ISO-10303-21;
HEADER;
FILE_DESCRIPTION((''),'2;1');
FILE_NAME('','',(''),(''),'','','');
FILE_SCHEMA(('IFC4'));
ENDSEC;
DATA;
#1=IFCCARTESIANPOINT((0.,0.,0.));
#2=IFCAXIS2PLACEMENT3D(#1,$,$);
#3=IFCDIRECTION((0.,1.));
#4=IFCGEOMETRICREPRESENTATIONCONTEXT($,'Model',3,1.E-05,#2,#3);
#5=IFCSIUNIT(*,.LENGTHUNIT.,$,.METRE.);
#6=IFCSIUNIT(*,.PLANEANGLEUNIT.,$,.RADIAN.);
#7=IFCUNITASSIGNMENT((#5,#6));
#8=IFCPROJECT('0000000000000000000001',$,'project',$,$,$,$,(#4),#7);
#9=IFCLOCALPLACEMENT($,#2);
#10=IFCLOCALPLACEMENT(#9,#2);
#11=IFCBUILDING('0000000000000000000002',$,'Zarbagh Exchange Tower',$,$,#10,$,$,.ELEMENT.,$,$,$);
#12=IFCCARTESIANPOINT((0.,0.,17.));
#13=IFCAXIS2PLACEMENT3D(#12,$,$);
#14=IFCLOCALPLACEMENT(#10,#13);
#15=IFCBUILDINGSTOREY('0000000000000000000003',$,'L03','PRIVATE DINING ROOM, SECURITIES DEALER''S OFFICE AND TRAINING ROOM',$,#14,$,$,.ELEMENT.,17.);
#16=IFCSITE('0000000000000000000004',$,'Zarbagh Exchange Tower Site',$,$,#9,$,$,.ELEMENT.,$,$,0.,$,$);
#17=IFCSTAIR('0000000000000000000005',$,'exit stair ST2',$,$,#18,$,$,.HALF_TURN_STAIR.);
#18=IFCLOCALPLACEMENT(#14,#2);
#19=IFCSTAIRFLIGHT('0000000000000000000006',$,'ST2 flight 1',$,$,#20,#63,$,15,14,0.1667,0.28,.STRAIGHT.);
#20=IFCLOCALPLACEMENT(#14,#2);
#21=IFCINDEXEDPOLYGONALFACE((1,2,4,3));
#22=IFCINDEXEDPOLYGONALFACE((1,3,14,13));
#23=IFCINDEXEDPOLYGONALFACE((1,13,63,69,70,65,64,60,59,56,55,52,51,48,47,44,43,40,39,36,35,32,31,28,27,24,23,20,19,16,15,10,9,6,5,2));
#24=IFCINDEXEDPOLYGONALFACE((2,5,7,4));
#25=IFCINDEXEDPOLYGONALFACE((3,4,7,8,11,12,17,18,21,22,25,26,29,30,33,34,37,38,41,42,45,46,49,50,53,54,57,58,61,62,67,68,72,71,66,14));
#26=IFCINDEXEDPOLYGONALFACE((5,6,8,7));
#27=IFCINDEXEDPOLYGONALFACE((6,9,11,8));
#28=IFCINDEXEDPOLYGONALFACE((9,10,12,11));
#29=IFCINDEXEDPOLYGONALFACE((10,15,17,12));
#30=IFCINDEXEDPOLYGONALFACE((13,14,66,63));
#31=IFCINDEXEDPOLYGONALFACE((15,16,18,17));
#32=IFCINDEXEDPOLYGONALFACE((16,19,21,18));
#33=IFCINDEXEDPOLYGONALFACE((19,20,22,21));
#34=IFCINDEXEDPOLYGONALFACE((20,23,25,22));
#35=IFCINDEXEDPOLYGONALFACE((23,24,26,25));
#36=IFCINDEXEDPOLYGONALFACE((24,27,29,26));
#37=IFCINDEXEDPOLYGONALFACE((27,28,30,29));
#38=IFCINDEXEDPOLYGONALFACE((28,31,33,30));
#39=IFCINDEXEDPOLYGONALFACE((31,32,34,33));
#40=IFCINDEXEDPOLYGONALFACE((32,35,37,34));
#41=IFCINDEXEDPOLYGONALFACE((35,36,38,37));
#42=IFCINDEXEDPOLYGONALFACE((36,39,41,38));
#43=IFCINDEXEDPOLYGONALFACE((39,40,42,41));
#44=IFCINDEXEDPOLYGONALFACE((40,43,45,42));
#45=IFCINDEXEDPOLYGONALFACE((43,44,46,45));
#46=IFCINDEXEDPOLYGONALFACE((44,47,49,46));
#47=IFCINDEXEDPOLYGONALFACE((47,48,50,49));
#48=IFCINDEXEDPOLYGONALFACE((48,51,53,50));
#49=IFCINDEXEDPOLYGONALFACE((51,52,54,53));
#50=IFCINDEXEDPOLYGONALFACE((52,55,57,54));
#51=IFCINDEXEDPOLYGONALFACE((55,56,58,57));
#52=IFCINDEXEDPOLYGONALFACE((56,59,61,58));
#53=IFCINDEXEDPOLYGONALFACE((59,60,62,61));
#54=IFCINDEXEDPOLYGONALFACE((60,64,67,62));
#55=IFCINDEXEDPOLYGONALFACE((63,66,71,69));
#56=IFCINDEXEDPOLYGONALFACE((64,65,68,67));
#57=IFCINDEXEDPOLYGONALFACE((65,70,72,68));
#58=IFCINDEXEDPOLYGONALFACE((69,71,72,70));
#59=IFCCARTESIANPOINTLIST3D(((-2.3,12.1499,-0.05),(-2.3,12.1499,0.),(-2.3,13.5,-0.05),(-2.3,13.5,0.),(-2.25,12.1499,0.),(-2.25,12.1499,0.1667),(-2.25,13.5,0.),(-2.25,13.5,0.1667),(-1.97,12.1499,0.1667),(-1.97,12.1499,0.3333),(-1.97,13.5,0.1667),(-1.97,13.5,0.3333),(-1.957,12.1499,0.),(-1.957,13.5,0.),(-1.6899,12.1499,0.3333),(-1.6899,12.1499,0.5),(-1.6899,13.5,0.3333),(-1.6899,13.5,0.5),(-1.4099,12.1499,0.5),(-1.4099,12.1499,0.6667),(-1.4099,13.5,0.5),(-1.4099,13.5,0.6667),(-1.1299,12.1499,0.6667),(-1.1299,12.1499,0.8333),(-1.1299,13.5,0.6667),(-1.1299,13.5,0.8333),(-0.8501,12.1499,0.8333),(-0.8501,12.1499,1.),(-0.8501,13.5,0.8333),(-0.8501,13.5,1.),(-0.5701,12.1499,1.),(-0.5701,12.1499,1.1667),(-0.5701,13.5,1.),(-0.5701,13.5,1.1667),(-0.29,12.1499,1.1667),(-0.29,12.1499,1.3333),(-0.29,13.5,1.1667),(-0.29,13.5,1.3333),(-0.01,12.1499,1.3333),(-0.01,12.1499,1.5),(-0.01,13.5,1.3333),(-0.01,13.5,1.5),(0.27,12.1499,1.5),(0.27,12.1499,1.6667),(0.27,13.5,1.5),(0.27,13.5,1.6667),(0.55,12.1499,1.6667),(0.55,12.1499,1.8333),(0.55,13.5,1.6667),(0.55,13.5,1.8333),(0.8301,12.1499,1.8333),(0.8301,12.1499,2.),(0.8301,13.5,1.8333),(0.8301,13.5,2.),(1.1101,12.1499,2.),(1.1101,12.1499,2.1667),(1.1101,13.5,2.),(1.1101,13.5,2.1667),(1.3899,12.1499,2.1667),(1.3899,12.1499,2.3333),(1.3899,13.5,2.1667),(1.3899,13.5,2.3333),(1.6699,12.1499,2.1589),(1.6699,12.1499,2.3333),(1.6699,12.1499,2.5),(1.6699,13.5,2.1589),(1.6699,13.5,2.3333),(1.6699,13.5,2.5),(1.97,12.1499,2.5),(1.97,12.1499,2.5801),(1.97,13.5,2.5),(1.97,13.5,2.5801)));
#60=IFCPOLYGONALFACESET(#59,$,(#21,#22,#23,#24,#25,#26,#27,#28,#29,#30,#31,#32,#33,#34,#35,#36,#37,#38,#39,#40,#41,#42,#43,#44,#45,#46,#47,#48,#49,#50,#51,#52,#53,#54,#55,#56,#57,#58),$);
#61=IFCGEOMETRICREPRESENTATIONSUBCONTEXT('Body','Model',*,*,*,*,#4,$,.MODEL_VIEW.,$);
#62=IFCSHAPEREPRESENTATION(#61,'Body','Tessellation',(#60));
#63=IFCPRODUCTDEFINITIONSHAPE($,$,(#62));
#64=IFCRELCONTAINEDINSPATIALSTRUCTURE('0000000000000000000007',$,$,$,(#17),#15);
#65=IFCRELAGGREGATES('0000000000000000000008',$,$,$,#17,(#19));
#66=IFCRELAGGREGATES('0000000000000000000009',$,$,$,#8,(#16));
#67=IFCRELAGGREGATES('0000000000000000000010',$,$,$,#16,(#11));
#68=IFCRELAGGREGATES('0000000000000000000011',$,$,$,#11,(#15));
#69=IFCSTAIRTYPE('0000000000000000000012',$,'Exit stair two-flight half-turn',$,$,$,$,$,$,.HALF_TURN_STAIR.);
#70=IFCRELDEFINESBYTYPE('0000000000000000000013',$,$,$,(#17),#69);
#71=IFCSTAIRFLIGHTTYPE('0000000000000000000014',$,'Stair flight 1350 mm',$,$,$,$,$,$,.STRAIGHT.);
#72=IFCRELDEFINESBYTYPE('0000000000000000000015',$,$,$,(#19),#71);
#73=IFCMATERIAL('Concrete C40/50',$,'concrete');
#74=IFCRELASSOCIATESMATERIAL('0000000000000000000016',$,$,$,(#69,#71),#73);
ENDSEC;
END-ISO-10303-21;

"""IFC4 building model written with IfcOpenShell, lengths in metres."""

from ifc_helpers import new_model, si_unit, direction, frame, origin, place, context, subcontext, project, spatial, polyline, outline, extrude, material, type_object, element, aggregate, save


model = new_model("IFC4")

# Units and contexts
model_context = context("Model", 3, precision=1e-05, world=origin(), true_north=direction((0.0, 1.0)))
body_context = subcontext(model_context, "Body", "Model", "MODEL_VIEW")
ifc_project = project(units=[si_unit("LENGTHUNIT", "METRE"), si_unit("PLANEANGLEUNIT", "RADIAN")], contexts=[model_context])

# Site, building, storey
site_placement = place(None, origin())
site = spatial("IfcSite", under=ifc_project, at=site_placement, Name="Zarbagh Exchange Tower Site", CompositionType="ELEMENT", RefElevation=0.0)
building_placement = place(site_placement, origin())
building = spatial("IfcBuilding", under=site, at=building_placement, Name="Zarbagh Exchange Tower", CompositionType="ELEMENT")
storey_placement = place(building_placement, frame((0.0, 0.0, 17.0)))
storey = spatial("IfcBuildingStorey", under=building, at=storey_placement, Name="L03", Description="PRIVATE DINING ROOM, SECURITIES DEALER'S OFFICE AND TRAINING ROOM", CompositionType="ELEMENT", Elevation=17.0)

# Shared definitions
ifc_material_1 = material(Name="Concrete C40/50", Category="concrete")

# Stair, stair flight
stair_type = type_object("IfcStairType", Name="Exit stair two-flight half-turn", PredefinedType="HALF_TURN_STAIR", material=ifc_material_1)
stair_flight_type = type_object("IfcStairFlightType", Name="Stair flight 1350 mm", PredefinedType="STRAIGHT", material=ifc_material_1)
stair_1_placement = place(storey_placement, origin())
stair_1 = element("IfcStair", 1, at=stair_1_placement, inside=storey, type_object=stair_type, Name="exit stair ST2", PredefinedType="HALF_TURN_STAIR")
stair_flight_1_placement = place(storey_placement, frame((-2.25, 12.825, 0.0), z_axis=(0.0, 0.0, 1.0), x_axis=(1.0, 0.0, 0.0)))
stair_flight_1 = element("IfcStairFlight", 2, at=stair_flight_1_placement, type_object=stair_flight_type, Name="ST2 flight 1", NumberOfRisers=15, NumberOfTreads=14, PredefinedType="STRAIGHT", RiserHeight=0.1667, TreadLength=0.28, context=body_context, shape_type="SweptSolid", body=[
    extrude(outline(polyline([(-0.05, -0.05), (-0.05, 0.0), (0.0, 0.0), (0.0, 0.1667), (0.28, 0.1667), (0.28, 0.3333), (0.5601, 0.3333), (0.5601, 0.5), (0.8401, 0.5), (0.8401, 0.6667), (1.1201, 0.6667), (1.1201, 0.8333), (1.3999, 0.8333), (1.3999, 1.0), (1.6799, 1.0), (1.6799, 1.1667), (1.96, 1.1667), (1.96, 1.3333), (2.24, 1.3333), (2.24, 1.5), (2.52, 1.5), (2.52, 1.6667), (2.8, 1.6667), (2.8, 1.8333), (3.0801, 1.8333), (3.0801, 2.0), (3.3601, 2.0), (3.3601, 2.1667), (3.6399, 2.1667), (3.6399, 2.3333), (3.9199, 2.3333), (3.9199, 2.5), (4.22, 2.5801), (4.22, 2.5), (3.9199, 2.1589), (0.293, 0.0), (-0.05, -0.05)])), frame((0.0, 0.675, 0.0), z_axis=(0.0, -1.0, 0.0), x_axis=(1.0, 0.0, 0.0)), (0.0, 0.0, 1.0), 1.3501),
])
aggregate(stair_1, [stair_flight_1])

save(model, "model.ifc")
